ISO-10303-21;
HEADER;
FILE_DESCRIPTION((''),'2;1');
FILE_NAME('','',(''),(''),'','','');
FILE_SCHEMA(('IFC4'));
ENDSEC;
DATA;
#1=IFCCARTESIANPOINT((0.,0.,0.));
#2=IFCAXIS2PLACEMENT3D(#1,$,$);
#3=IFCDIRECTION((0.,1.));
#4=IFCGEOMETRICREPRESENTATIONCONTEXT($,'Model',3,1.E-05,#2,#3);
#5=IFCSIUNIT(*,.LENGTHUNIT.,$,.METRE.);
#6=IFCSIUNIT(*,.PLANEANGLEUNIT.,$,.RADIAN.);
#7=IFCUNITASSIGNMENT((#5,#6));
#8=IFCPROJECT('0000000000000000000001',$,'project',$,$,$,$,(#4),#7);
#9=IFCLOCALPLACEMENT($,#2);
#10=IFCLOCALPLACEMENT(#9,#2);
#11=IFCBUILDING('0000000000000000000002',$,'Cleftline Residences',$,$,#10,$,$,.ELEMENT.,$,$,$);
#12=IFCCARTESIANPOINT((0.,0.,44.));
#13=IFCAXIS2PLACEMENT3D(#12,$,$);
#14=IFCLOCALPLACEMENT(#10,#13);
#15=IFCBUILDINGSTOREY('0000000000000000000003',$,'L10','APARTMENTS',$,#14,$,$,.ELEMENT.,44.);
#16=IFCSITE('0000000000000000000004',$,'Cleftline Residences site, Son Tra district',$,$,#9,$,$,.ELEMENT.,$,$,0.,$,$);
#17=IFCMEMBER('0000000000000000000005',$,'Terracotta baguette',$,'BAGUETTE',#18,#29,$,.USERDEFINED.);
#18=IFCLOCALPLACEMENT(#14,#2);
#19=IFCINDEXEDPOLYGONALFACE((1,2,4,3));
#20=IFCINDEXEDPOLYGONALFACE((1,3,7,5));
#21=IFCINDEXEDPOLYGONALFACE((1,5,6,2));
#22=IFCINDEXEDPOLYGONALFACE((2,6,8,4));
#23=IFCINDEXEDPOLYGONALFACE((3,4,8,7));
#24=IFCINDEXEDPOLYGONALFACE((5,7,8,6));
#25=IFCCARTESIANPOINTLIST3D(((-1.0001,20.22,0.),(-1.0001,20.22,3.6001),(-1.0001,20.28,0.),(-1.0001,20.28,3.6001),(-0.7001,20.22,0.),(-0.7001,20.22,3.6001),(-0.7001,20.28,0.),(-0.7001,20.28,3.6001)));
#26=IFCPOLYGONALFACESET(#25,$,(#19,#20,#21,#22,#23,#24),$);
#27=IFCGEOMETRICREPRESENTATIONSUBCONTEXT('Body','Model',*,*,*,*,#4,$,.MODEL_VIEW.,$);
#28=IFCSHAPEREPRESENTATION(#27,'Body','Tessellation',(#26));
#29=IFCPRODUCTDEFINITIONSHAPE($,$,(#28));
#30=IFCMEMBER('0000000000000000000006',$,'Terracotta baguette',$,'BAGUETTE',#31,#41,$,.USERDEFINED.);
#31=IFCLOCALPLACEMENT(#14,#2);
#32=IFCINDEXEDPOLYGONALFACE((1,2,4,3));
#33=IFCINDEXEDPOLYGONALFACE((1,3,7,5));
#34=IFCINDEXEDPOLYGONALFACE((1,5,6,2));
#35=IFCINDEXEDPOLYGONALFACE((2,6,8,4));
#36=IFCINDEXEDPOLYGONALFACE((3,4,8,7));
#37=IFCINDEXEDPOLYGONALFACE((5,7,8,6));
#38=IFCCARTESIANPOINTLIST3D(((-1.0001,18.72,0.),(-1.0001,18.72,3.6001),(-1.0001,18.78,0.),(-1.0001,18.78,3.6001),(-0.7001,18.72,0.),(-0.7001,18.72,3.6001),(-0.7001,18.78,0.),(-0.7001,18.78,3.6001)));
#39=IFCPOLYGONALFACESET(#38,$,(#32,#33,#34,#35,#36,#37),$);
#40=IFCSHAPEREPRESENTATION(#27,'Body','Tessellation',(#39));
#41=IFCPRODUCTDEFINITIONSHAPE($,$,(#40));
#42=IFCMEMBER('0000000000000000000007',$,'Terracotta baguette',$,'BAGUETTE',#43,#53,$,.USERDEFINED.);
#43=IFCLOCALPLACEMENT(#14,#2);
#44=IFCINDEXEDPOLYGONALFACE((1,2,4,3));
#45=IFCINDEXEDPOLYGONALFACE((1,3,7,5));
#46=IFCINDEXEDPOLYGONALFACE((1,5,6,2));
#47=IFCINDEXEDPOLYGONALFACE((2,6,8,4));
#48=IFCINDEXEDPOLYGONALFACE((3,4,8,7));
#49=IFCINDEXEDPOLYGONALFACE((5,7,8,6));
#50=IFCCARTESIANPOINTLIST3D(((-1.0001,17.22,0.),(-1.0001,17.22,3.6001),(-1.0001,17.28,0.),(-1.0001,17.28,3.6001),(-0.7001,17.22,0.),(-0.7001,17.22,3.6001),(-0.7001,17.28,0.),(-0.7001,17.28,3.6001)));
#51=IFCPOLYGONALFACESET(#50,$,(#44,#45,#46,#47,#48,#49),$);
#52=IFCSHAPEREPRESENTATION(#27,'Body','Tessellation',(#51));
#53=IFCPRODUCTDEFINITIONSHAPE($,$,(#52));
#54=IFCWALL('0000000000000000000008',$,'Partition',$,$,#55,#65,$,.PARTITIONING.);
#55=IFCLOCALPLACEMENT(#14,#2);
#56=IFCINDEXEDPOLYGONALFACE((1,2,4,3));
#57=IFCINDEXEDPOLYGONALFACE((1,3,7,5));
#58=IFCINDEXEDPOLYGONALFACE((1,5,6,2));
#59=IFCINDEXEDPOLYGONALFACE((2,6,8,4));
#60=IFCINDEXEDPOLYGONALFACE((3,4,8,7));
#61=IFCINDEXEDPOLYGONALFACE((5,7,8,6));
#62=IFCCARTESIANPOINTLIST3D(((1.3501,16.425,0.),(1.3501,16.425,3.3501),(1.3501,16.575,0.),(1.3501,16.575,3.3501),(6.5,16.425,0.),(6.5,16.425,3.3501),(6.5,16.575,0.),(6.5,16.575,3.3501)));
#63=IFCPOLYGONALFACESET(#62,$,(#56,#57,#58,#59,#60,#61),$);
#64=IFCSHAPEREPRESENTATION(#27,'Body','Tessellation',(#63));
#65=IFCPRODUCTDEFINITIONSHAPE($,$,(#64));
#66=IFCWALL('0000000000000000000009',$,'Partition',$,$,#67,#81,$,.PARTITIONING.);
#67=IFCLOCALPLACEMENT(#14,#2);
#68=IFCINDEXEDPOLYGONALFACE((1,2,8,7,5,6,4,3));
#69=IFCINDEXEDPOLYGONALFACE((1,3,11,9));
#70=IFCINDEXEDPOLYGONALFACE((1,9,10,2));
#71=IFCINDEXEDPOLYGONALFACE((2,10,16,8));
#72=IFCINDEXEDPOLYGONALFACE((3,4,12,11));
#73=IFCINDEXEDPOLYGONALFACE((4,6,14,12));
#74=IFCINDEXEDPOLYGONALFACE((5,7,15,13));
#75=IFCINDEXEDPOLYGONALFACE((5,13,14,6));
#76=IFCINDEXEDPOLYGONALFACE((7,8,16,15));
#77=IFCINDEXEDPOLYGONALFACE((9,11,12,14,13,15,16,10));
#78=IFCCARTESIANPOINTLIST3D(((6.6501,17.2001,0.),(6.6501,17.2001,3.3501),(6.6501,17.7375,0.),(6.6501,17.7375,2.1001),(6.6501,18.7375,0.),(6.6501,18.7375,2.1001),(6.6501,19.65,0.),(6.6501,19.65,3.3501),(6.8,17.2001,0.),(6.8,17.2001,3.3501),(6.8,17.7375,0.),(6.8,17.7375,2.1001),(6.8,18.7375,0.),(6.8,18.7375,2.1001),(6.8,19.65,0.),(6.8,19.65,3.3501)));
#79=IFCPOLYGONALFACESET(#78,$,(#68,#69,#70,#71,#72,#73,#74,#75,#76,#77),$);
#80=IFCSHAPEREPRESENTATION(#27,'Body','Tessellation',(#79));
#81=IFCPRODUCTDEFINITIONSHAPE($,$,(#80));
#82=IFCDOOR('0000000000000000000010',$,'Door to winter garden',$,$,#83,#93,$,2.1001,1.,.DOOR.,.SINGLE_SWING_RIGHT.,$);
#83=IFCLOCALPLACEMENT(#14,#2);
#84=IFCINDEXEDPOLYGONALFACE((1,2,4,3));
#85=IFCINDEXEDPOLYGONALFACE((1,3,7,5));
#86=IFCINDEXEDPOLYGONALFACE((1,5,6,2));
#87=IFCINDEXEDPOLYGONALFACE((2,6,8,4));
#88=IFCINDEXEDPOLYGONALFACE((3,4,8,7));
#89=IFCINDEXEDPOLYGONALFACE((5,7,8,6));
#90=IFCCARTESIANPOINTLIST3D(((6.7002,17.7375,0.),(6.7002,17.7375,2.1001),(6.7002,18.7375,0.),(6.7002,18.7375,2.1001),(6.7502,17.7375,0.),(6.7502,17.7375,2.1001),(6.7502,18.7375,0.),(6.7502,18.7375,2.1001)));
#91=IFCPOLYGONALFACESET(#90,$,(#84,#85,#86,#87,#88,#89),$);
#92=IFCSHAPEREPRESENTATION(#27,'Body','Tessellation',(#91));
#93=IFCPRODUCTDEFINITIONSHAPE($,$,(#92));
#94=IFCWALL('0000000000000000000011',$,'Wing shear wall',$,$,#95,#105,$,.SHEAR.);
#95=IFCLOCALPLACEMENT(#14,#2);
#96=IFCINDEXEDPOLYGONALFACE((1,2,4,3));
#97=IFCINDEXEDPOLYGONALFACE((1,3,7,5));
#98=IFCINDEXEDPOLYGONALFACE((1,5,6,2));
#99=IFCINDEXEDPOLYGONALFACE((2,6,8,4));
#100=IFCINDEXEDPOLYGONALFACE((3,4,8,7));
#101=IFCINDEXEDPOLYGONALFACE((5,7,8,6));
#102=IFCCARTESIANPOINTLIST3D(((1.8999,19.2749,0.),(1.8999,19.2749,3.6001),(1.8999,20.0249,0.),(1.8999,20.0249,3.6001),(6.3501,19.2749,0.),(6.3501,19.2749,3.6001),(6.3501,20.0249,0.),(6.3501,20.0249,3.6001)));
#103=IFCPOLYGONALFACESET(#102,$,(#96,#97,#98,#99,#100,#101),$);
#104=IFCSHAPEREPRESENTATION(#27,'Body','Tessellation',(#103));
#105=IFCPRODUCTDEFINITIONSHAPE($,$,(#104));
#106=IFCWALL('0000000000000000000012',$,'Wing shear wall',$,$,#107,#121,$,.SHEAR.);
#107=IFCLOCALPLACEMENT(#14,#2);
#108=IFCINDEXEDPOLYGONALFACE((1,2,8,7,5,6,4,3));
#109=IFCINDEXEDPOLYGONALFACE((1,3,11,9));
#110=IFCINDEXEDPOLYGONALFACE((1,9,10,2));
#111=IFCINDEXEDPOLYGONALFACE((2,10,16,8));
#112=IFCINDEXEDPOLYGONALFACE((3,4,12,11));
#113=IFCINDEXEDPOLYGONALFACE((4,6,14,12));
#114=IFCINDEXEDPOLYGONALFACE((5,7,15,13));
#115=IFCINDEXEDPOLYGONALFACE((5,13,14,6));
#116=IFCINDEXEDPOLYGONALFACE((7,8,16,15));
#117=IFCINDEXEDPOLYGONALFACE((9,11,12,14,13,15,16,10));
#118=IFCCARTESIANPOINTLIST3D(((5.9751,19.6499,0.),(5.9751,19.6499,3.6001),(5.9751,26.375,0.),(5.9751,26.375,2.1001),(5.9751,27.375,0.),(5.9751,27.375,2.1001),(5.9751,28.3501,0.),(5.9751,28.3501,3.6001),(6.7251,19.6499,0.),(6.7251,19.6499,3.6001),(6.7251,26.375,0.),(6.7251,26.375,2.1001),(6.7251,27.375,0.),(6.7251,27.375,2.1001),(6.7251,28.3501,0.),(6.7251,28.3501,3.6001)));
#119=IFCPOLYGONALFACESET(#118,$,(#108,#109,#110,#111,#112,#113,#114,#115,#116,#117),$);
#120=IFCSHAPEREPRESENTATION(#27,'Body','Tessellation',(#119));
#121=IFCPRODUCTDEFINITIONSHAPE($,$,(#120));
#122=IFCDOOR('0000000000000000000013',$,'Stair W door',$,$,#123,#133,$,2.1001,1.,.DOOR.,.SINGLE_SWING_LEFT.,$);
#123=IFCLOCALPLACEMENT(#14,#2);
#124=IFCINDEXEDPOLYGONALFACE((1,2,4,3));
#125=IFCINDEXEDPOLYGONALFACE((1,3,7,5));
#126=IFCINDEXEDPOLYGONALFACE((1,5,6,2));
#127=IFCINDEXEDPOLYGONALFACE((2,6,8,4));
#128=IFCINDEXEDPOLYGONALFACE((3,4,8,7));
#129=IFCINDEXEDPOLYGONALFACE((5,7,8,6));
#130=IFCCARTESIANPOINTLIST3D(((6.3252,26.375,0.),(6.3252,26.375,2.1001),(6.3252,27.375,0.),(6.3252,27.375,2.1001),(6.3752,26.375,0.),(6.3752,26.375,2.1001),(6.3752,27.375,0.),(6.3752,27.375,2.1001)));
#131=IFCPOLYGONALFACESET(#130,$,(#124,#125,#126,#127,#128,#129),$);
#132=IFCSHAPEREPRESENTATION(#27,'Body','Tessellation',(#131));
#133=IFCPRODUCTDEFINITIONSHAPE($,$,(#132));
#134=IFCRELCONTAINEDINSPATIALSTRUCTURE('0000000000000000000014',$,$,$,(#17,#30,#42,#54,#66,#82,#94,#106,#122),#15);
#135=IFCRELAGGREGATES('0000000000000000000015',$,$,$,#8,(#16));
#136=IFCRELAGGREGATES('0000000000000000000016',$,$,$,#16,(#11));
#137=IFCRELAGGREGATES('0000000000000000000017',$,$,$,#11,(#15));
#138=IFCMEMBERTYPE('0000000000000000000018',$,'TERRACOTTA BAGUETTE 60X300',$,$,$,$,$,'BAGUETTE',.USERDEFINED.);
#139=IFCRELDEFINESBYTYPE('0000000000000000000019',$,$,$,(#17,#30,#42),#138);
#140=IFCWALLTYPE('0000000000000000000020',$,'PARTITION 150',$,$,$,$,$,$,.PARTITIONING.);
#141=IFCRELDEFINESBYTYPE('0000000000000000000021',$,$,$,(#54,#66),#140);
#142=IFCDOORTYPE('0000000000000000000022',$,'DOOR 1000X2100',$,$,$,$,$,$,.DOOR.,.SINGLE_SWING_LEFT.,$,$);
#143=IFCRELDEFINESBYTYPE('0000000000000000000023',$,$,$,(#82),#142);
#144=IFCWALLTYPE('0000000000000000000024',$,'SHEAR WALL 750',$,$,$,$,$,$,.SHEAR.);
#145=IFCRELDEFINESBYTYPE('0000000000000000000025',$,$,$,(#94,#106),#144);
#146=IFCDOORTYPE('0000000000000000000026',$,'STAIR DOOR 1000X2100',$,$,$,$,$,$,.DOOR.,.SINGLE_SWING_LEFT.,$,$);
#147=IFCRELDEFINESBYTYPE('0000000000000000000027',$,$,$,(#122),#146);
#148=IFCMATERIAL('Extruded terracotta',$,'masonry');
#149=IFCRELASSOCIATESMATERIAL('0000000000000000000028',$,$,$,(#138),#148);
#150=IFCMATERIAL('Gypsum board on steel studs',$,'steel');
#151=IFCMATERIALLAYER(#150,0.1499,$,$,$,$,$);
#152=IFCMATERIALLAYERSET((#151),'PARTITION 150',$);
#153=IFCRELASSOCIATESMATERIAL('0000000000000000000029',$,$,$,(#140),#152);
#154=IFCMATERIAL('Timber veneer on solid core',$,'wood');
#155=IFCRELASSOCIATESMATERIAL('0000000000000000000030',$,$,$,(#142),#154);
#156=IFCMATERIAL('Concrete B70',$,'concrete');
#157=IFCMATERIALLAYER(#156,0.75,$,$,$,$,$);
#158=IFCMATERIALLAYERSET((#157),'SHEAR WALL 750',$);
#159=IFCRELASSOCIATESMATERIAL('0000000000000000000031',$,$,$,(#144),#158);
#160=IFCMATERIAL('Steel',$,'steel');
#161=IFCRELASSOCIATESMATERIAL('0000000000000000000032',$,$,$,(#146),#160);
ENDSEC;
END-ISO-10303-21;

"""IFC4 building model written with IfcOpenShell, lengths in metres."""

from ifc_helpers import new_model, si_unit, direction, frame, frame_2d, origin, origin_2d, place, context, subcontext, project, spatial, rectangle, extrude, material, layer, layer_set, material_profile, profile_set, type_object, element, fill, save


model = new_model("IFC4")

# Units and contexts
model_context = context("Model", 3, precision=1e-05, world=origin(), true_north=direction((0.0, 1.0)))
body_context = subcontext(model_context, "Body", "Model", "MODEL_VIEW")
ifc_project = project(units=[si_unit("LENGTHUNIT", "METRE"), si_unit("PLANEANGLEUNIT", "RADIAN")], contexts=[model_context])

# Site, building, storey
site_placement = place(None, origin())
site = spatial("IfcSite", under=ifc_project, at=site_placement, Name="Cleftline Residences site, Son Tra district", CompositionType="ELEMENT", RefElevation=0.0)
building_placement = place(site_placement, origin())
building = spatial("IfcBuilding", under=site, at=building_placement, Name="Cleftline Residences", CompositionType="ELEMENT")
storey_placement = place(building_placement, frame((0.0, 0.0, 44.0)))
storey = spatial("IfcBuildingStorey", under=building, at=storey_placement, Name="L10", Description="APARTMENTS", CompositionType="ELEMENT", Elevation=44.0)

# Members
ifc_material_1 = material(Name="Extruded terracotta", Category="masonry")
ifc_material_profile_1 = material_profile(ifc_material_1, rectangle(XDim=0.0601, YDim=0.3, at=origin_2d()))
ifc_profile_set_1 = profile_set([ifc_material_profile_1], Name="Extruded terracotta")
member_type = type_object("IfcMemberType", Name="TERRACOTTA BAGUETTE 60X300", ElementType="BAGUETTE", PredefinedType="USERDEFINED", material=ifc_profile_set_1)
for number, where, z_axis, x_axis, name in (
    (1, (-0.8501, 20.25, 0.0), (0.0, 0.0, 1.0), (0.0, 1.0, 0.0), "Terracotta baguette"),
    (2, (-0.8501, 18.75, 0.0), (0.0, 0.0, 1.0), (0.0, 1.0, 0.0), "Terracotta baguette"),
    (3, (-0.8501, 17.25, 0.0), (0.0, 0.0, 1.0), (0.0, 1.0, 0.0), "Terracotta baguette"),
):
    element("IfcMember", number, at=place(storey_placement, frame(where, z_axis=z_axis, x_axis=x_axis)), inside=storey, type_object=member_type, Name=name, ObjectType="BAGUETTE", PredefinedType="USERDEFINED", context=body_context, shape_type="SweptSolid", body=[
        extrude(rectangle(XDim=0.0601, YDim=0.3, at=origin_2d()), origin(), (0.0, 0.0, 1.0), 3.6001),
    ])

# Wall
ifc_material_2 = material(Name="Gypsum board on steel studs", Category="steel")
ifc_layer_1 = layer(ifc_material_2, 0.1499)
ifc_layer_set_1 = layer_set([ifc_layer_1], Name="PARTITION 150")
wall_type_1 = type_object("IfcWallType", Name="PARTITION 150", PredefinedType="PARTITIONING", material=ifc_layer_set_1)
wall_1_placement = place(storey_placement, frame((1.3501, 16.5, 0.0), z_axis=(0.0, 0.0, 1.0), x_axis=(1.0, 0.0, 0.0)))
element("IfcWall", 4, at=wall_1_placement, inside=storey, type_object=wall_type_1, Name="Partition", PredefinedType="PARTITIONING", context=body_context, shape_type="SweptSolid", body=[
    extrude(rectangle(XDim=5.1499, YDim=0.1499, at=frame_2d((2.575, 0.0))), origin(), (0.0, 0.0, 1.0), 3.3501),
])

# Wall, opening, door
wall_2_placement = place(storey_placement, frame((6.7251, 17.2, 0.0), z_axis=(0.0, 0.0, 1.0), x_axis=(0.0, 1.0, 0.0)))
wall_2 = element("IfcWall", 5, at=wall_2_placement, inside=storey, type_object=wall_type_1, Name="Partition", PredefinedType="PARTITIONING", context=body_context, shape_type="SweptSolid", body=[
    extrude(rectangle(XDim=2.45, YDim=0.1499, at=frame_2d((1.2251, 0.0))), origin(), (0.0, 0.0, 1.0), 3.3501),
])
opening_1_placement = place(wall_2_placement, frame((0.5376, 0.0, 0.0)))
opening_1 = element("IfcOpeningElement", 6, at=opening_1_placement, cuts=wall_2, PredefinedType="OPENING", context=body_context, shape_type="SweptSolid", body=[
    extrude(rectangle(XDim=1.0, YDim=2.1001, at=frame_2d((0.5, 1.05))), frame((0.0, 0.085, 0.0), z_axis=(0.0, -1.0, 0.0), x_axis=(1.0, 0.0, 0.0)), (0.0, 0.0, 1.0), 0.1699),
])
ifc_material_3 = material(Name="Timber veneer on solid core", Category="wood")
door_type_1 = type_object("IfcDoorType", Name="DOOR 1000X2100", OperationType="SINGLE_SWING_LEFT", PredefinedType="DOOR", material=ifc_material_3)
door_1_placement = place(opening_1_placement, origin())
door_1 = element("IfcDoor", 7, at=door_1_placement, inside=storey, type_object=door_type_1, Name="Door to winter garden", OperationType="SINGLE_SWING_RIGHT", OverallHeight=2.1001, OverallWidth=1.0, PredefinedType="DOOR", context=body_context, shape_type="SweptSolid", body=[
    extrude(rectangle(XDim=1.0, YDim=2.1001, at=frame_2d((0.5, 1.05))), frame((0.0, 0.0249, 0.0), z_axis=(0.0, -1.0, 0.0), x_axis=(1.0, 0.0, 0.0)), (0.0, 0.0, 1.0), 0.05),
])
fill(opening_1, door_1)

# Wall
ifc_material_4 = material(Name="Concrete B70", Category="concrete")
ifc_layer_2 = layer(ifc_material_4, 0.75)
ifc_layer_set_2 = layer_set([ifc_layer_2], Name="SHEAR WALL 750")
wall_type_2 = type_object("IfcWallType", Name="SHEAR WALL 750", PredefinedType="SHEAR", material=ifc_layer_set_2)
wall_3_placement = place(storey_placement, frame((1.8999, 19.6499, 0.0), z_axis=(0.0, 0.0, 1.0), x_axis=(1.0, 0.0, 0.0)))
element("IfcWall", 8, at=wall_3_placement, inside=storey, type_object=wall_type_2, Name="Wing shear wall", PredefinedType="SHEAR", context=body_context, shape_type="SweptSolid", body=[
    extrude(rectangle(XDim=4.4502, YDim=0.75, at=frame_2d((2.2251, 0.0))), origin(), (0.0, 0.0, 1.0), 3.6001),
])

# Wall, opening, door
wall_4_placement = place(storey_placement, frame((6.3501, 19.6499, 0.0), z_axis=(0.0, 0.0, 1.0), x_axis=(0.0, 1.0, 0.0)))
wall_4 = element("IfcWall", 9, at=wall_4_placement, inside=storey, type_object=wall_type_2, Name="Wing shear wall", PredefinedType="SHEAR", context=body_context, shape_type="SweptSolid", body=[
    extrude(rectangle(XDim=8.7002, YDim=0.75, at=frame_2d((4.3501, 0.0))), origin(), (0.0, 0.0, 1.0), 3.6001),
])
opening_2_placement = place(wall_4_placement, frame((6.7251, 0.0, 0.0)))
opening_2 = element("IfcOpeningElement", 10, at=opening_2_placement, cuts=wall_4, PredefinedType="OPENING", context=body_context, shape_type="SweptSolid", body=[
    extrude(rectangle(XDim=1.0, YDim=2.1001, at=frame_2d((0.5, 1.05))), frame((0.0, 0.385, 0.0), z_axis=(0.0, -1.0, 0.0), x_axis=(1.0, 0.0, 0.0)), (0.0, 0.0, 1.0), 0.77),
])
ifc_material_5 = material(Name="Steel", Category="steel")
door_type_2 = type_object("IfcDoorType", Name="STAIR DOOR 1000X2100", OperationType="SINGLE_SWING_LEFT", PredefinedType="DOOR", material=ifc_material_5)
door_2_placement = place(opening_2_placement, origin())
door_2 = element("IfcDoor", 11, at=door_2_placement, inside=storey, type_object=door_type_2, Name="Stair W door", OperationType="SINGLE_SWING_LEFT", OverallHeight=2.1001, OverallWidth=1.0, PredefinedType="DOOR", context=body_context, shape_type="SweptSolid", body=[
    extrude(rectangle(XDim=1.0, YDim=2.1001, at=frame_2d((0.5, 1.05))), frame((0.0, 0.0249, 0.0), z_axis=(0.0, -1.0, 0.0), x_axis=(1.0, 0.0, 0.0)), (0.0, 0.0, 1.0), 0.05),
])
fill(opening_2, door_2)

save(model, "model.ifc")
